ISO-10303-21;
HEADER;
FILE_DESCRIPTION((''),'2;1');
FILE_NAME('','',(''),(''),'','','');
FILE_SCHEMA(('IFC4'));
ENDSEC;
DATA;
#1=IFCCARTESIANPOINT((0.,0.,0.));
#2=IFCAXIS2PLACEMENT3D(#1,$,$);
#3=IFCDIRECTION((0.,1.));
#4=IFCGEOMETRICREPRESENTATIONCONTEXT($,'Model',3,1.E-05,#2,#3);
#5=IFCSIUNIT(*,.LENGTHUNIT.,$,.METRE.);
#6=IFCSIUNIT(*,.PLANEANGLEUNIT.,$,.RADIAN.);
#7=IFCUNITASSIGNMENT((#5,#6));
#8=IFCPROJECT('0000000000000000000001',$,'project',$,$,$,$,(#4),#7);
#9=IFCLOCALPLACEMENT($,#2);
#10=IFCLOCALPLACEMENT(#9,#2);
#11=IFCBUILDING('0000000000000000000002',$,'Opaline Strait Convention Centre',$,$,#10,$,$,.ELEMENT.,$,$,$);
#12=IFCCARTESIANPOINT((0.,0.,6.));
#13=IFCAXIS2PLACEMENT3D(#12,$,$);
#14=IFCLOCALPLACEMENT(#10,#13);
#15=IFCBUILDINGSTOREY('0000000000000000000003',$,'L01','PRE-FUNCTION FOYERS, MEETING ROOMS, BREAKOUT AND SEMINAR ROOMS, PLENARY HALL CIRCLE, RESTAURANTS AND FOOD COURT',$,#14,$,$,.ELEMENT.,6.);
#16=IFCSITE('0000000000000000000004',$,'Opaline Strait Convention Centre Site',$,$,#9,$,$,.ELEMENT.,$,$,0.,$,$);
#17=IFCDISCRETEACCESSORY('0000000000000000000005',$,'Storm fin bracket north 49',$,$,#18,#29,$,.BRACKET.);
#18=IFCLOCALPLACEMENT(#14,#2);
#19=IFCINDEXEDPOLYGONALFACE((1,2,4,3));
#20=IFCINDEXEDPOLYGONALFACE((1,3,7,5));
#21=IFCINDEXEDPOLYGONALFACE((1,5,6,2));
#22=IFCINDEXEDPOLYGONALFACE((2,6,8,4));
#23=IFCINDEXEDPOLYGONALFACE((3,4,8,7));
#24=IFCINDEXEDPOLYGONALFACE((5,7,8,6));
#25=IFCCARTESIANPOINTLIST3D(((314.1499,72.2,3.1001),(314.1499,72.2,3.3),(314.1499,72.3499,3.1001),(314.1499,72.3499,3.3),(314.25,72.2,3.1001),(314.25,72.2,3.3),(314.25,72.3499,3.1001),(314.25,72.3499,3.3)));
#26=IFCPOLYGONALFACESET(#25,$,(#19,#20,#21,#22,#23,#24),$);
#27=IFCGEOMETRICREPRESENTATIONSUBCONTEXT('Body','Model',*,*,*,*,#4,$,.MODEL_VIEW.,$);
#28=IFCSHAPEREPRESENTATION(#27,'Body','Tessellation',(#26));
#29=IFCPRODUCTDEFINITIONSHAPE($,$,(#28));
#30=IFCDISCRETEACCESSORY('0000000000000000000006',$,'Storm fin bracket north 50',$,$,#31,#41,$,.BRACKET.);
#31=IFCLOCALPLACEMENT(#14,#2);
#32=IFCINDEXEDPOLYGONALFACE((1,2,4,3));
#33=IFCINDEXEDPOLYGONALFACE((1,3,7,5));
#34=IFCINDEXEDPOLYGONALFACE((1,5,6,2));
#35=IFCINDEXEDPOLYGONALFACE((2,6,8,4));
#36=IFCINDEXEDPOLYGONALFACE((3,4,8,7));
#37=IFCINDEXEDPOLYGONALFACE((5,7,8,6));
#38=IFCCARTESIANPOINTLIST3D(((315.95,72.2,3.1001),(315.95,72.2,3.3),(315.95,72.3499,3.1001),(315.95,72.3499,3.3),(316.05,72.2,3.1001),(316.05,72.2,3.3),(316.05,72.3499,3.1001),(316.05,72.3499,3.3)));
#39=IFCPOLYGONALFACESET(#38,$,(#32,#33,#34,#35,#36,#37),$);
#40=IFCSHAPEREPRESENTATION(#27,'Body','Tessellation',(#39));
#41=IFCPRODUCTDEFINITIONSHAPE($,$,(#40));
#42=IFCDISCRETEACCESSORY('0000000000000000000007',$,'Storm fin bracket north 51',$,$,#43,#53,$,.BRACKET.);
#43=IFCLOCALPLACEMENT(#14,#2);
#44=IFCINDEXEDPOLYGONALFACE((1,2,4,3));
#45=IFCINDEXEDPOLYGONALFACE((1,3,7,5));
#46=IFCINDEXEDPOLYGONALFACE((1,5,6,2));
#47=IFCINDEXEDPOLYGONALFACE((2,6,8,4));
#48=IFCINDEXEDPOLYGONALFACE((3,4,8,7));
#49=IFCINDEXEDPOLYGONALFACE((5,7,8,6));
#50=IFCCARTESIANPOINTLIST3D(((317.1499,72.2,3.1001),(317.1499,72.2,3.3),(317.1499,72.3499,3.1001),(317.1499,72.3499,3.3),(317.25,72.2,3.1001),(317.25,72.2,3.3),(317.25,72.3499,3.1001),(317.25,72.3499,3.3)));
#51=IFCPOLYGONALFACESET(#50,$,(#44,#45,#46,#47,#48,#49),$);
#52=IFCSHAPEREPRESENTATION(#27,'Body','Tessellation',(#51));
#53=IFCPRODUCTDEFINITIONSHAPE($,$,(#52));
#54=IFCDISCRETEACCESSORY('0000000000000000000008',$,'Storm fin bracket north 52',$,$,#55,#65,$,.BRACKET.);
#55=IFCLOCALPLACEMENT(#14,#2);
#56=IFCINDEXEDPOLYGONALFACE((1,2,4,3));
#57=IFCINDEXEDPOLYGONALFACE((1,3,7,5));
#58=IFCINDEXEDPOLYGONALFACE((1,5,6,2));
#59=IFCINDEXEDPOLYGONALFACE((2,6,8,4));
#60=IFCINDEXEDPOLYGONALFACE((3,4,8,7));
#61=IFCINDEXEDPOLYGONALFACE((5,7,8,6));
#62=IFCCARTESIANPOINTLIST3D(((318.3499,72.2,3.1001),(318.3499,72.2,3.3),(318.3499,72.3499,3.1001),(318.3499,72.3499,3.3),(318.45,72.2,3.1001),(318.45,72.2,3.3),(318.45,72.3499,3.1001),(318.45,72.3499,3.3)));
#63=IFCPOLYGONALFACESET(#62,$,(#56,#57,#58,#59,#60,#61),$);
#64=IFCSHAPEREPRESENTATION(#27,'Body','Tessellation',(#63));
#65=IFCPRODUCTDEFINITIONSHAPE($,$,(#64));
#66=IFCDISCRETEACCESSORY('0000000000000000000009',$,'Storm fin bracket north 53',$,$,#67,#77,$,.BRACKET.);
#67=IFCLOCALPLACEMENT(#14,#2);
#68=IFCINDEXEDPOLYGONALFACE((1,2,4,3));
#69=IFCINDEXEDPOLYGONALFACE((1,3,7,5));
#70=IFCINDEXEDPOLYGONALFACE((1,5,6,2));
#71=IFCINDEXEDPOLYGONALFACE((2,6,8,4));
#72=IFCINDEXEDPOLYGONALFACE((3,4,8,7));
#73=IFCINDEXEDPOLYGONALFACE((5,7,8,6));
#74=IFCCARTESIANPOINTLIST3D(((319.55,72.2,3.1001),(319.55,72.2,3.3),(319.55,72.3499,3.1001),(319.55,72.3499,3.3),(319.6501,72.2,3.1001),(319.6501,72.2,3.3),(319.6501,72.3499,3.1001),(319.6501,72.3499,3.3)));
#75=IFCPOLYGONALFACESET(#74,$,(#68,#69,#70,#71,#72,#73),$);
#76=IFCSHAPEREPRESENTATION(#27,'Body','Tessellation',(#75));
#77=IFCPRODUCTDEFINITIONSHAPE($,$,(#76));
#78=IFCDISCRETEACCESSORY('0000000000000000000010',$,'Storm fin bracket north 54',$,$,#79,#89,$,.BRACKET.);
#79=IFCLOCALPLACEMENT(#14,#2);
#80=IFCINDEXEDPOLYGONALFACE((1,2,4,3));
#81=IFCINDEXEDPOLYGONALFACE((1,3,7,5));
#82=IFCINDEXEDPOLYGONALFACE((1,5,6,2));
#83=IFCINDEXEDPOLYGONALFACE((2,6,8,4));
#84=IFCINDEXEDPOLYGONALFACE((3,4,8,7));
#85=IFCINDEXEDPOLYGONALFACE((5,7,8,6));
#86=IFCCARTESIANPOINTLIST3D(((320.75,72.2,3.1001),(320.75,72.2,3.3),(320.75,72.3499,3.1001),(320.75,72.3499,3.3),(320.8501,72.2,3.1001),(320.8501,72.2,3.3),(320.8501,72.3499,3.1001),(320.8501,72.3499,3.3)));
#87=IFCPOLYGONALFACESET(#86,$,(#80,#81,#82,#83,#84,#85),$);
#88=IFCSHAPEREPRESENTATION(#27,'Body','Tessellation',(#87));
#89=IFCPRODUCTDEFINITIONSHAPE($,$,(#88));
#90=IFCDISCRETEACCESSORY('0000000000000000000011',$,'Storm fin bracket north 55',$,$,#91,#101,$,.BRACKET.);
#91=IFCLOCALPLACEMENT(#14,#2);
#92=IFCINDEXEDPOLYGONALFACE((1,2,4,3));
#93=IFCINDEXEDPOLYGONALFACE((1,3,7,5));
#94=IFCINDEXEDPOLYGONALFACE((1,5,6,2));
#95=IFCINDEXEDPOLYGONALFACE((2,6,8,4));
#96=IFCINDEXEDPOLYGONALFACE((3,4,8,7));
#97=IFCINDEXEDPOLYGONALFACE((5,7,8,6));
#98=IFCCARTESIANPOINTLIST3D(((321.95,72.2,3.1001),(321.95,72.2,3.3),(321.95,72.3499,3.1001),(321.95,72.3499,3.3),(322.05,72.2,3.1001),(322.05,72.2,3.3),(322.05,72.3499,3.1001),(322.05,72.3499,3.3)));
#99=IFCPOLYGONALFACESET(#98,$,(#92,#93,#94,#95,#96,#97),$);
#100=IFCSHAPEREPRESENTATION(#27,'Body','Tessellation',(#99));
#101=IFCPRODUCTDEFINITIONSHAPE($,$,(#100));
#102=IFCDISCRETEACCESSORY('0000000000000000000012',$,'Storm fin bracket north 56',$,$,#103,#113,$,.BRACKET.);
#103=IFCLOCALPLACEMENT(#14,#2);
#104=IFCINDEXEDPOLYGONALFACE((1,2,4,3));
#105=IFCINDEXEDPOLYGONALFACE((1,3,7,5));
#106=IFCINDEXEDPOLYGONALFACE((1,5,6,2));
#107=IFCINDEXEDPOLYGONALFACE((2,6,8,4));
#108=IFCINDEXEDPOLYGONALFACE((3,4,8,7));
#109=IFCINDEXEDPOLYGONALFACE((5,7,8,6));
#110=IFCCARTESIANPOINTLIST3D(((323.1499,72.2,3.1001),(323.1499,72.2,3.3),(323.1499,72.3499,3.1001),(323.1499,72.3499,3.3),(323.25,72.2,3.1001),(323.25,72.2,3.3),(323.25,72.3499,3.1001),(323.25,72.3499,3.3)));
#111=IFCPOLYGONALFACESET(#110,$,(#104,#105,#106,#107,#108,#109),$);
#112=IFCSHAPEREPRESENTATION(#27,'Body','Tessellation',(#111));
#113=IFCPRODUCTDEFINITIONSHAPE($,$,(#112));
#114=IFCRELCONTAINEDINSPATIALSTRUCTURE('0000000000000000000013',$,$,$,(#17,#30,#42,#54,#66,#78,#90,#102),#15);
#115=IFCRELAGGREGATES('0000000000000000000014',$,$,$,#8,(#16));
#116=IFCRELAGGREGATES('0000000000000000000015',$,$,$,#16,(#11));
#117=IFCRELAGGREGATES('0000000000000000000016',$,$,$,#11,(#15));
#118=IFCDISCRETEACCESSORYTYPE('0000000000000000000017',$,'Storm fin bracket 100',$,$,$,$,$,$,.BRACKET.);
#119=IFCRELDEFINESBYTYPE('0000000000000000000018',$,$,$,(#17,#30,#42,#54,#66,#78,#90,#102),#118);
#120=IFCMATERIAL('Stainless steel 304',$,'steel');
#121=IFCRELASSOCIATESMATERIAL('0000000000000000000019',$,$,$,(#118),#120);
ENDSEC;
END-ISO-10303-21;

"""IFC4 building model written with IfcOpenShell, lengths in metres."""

from ifc_helpers import new_model, si_unit, direction, frame, origin, origin_2d, place, context, subcontext, project, spatial, rectangle, extrude, material, type_object, element, save


model = new_model("IFC4")

# Units and contexts
model_context = context("Model", 3, precision=1e-05, world=origin(), true_north=direction((0.0, 1.0)))
body_context = subcontext(model_context, "Body", "Model", "MODEL_VIEW")
ifc_project = project(units=[si_unit("LENGTHUNIT", "METRE"), si_unit("PLANEANGLEUNIT", "RADIAN")], contexts=[model_context])

# Site, building, storey
site_placement = place(None, origin())
site = spatial("IfcSite", under=ifc_project, at=site_placement, Name="Opaline Strait Convention Centre Site", CompositionType="ELEMENT", RefElevation=0.0)
building_placement = place(site_placement, origin())
building = spatial("IfcBuilding", under=site, at=building_placement, Name="Opaline Strait Convention Centre", CompositionType="ELEMENT")
storey_placement = place(building_placement, frame((0.0, 0.0, 6.0)))
storey = spatial("IfcBuildingStorey", under=building, at=storey_placement, Name="L01", Description="PRE-FUNCTION FOYERS, MEETING ROOMS, BREAKOUT AND SEMINAR ROOMS, PLENARY HALL CIRCLE, RESTAURANTS AND FOOD COURT", CompositionType="ELEMENT", Elevation=6.0)

# Discrete accessories
ifc_material_1 = material(Name="Stainless steel 304", Category="steel")
discrete_accessory_type = type_object("IfcDiscreteAccessoryType", Name="Storm fin bracket 100", PredefinedType="BRACKET", material=ifc_material_1)
for number, where, z_axis, x_axis, name in (
    (1, (314.2, 72.2749, 3.1001), (0.0, 0.0, 1.0), (1.0, 0.0, 0.0), "Storm fin bracket north 49"),
    (2, (316.0, 72.2749, 3.1001), (0.0, 0.0, 1.0), (1.0, 0.0, 0.0), "Storm fin bracket north 50"),
    (3, (317.2, 72.2749, 3.1001), (0.0, 0.0, 1.0), (1.0, 0.0, 0.0), "Storm fin bracket north 51"),
    (4, (318.3999, 72.2749, 3.1001), (0.0, 0.0, 1.0), (1.0, 0.0, 0.0), "Storm fin bracket north 52"),
    (5, (319.6001, 72.2749, 3.1001), (0.0, 0.0, 1.0), (1.0, 0.0, 0.0), "Storm fin bracket north 53"),
    (6, (320.8, 72.2749, 3.1001), (0.0, 0.0, 1.0), (1.0, 0.0, 0.0), "Storm fin bracket north 54"),
    (7, (322.0, 72.2749, 3.1001), (0.0, 0.0, 1.0), (1.0, 0.0, 0.0), "Storm fin bracket north 55"),
    (8, (323.2, 72.2749, 3.1001), (0.0, 0.0, 1.0), (1.0, 0.0, 0.0), "Storm fin bracket north 56"),
):
    element("IfcDiscreteAccessory", number, at=place(storey_placement, frame(where, z_axis=z_axis, x_axis=x_axis)), inside=storey, type_object=discrete_accessory_type, Name=name, PredefinedType="BRACKET", context=body_context, shape_type="SweptSolid", body=[
        extrude(rectangle(XDim=0.1001, YDim=0.1499, at=origin_2d()), origin(), (0.0, 0.0, 1.0), 0.2),
    ])

save(model, "model.ifc")
